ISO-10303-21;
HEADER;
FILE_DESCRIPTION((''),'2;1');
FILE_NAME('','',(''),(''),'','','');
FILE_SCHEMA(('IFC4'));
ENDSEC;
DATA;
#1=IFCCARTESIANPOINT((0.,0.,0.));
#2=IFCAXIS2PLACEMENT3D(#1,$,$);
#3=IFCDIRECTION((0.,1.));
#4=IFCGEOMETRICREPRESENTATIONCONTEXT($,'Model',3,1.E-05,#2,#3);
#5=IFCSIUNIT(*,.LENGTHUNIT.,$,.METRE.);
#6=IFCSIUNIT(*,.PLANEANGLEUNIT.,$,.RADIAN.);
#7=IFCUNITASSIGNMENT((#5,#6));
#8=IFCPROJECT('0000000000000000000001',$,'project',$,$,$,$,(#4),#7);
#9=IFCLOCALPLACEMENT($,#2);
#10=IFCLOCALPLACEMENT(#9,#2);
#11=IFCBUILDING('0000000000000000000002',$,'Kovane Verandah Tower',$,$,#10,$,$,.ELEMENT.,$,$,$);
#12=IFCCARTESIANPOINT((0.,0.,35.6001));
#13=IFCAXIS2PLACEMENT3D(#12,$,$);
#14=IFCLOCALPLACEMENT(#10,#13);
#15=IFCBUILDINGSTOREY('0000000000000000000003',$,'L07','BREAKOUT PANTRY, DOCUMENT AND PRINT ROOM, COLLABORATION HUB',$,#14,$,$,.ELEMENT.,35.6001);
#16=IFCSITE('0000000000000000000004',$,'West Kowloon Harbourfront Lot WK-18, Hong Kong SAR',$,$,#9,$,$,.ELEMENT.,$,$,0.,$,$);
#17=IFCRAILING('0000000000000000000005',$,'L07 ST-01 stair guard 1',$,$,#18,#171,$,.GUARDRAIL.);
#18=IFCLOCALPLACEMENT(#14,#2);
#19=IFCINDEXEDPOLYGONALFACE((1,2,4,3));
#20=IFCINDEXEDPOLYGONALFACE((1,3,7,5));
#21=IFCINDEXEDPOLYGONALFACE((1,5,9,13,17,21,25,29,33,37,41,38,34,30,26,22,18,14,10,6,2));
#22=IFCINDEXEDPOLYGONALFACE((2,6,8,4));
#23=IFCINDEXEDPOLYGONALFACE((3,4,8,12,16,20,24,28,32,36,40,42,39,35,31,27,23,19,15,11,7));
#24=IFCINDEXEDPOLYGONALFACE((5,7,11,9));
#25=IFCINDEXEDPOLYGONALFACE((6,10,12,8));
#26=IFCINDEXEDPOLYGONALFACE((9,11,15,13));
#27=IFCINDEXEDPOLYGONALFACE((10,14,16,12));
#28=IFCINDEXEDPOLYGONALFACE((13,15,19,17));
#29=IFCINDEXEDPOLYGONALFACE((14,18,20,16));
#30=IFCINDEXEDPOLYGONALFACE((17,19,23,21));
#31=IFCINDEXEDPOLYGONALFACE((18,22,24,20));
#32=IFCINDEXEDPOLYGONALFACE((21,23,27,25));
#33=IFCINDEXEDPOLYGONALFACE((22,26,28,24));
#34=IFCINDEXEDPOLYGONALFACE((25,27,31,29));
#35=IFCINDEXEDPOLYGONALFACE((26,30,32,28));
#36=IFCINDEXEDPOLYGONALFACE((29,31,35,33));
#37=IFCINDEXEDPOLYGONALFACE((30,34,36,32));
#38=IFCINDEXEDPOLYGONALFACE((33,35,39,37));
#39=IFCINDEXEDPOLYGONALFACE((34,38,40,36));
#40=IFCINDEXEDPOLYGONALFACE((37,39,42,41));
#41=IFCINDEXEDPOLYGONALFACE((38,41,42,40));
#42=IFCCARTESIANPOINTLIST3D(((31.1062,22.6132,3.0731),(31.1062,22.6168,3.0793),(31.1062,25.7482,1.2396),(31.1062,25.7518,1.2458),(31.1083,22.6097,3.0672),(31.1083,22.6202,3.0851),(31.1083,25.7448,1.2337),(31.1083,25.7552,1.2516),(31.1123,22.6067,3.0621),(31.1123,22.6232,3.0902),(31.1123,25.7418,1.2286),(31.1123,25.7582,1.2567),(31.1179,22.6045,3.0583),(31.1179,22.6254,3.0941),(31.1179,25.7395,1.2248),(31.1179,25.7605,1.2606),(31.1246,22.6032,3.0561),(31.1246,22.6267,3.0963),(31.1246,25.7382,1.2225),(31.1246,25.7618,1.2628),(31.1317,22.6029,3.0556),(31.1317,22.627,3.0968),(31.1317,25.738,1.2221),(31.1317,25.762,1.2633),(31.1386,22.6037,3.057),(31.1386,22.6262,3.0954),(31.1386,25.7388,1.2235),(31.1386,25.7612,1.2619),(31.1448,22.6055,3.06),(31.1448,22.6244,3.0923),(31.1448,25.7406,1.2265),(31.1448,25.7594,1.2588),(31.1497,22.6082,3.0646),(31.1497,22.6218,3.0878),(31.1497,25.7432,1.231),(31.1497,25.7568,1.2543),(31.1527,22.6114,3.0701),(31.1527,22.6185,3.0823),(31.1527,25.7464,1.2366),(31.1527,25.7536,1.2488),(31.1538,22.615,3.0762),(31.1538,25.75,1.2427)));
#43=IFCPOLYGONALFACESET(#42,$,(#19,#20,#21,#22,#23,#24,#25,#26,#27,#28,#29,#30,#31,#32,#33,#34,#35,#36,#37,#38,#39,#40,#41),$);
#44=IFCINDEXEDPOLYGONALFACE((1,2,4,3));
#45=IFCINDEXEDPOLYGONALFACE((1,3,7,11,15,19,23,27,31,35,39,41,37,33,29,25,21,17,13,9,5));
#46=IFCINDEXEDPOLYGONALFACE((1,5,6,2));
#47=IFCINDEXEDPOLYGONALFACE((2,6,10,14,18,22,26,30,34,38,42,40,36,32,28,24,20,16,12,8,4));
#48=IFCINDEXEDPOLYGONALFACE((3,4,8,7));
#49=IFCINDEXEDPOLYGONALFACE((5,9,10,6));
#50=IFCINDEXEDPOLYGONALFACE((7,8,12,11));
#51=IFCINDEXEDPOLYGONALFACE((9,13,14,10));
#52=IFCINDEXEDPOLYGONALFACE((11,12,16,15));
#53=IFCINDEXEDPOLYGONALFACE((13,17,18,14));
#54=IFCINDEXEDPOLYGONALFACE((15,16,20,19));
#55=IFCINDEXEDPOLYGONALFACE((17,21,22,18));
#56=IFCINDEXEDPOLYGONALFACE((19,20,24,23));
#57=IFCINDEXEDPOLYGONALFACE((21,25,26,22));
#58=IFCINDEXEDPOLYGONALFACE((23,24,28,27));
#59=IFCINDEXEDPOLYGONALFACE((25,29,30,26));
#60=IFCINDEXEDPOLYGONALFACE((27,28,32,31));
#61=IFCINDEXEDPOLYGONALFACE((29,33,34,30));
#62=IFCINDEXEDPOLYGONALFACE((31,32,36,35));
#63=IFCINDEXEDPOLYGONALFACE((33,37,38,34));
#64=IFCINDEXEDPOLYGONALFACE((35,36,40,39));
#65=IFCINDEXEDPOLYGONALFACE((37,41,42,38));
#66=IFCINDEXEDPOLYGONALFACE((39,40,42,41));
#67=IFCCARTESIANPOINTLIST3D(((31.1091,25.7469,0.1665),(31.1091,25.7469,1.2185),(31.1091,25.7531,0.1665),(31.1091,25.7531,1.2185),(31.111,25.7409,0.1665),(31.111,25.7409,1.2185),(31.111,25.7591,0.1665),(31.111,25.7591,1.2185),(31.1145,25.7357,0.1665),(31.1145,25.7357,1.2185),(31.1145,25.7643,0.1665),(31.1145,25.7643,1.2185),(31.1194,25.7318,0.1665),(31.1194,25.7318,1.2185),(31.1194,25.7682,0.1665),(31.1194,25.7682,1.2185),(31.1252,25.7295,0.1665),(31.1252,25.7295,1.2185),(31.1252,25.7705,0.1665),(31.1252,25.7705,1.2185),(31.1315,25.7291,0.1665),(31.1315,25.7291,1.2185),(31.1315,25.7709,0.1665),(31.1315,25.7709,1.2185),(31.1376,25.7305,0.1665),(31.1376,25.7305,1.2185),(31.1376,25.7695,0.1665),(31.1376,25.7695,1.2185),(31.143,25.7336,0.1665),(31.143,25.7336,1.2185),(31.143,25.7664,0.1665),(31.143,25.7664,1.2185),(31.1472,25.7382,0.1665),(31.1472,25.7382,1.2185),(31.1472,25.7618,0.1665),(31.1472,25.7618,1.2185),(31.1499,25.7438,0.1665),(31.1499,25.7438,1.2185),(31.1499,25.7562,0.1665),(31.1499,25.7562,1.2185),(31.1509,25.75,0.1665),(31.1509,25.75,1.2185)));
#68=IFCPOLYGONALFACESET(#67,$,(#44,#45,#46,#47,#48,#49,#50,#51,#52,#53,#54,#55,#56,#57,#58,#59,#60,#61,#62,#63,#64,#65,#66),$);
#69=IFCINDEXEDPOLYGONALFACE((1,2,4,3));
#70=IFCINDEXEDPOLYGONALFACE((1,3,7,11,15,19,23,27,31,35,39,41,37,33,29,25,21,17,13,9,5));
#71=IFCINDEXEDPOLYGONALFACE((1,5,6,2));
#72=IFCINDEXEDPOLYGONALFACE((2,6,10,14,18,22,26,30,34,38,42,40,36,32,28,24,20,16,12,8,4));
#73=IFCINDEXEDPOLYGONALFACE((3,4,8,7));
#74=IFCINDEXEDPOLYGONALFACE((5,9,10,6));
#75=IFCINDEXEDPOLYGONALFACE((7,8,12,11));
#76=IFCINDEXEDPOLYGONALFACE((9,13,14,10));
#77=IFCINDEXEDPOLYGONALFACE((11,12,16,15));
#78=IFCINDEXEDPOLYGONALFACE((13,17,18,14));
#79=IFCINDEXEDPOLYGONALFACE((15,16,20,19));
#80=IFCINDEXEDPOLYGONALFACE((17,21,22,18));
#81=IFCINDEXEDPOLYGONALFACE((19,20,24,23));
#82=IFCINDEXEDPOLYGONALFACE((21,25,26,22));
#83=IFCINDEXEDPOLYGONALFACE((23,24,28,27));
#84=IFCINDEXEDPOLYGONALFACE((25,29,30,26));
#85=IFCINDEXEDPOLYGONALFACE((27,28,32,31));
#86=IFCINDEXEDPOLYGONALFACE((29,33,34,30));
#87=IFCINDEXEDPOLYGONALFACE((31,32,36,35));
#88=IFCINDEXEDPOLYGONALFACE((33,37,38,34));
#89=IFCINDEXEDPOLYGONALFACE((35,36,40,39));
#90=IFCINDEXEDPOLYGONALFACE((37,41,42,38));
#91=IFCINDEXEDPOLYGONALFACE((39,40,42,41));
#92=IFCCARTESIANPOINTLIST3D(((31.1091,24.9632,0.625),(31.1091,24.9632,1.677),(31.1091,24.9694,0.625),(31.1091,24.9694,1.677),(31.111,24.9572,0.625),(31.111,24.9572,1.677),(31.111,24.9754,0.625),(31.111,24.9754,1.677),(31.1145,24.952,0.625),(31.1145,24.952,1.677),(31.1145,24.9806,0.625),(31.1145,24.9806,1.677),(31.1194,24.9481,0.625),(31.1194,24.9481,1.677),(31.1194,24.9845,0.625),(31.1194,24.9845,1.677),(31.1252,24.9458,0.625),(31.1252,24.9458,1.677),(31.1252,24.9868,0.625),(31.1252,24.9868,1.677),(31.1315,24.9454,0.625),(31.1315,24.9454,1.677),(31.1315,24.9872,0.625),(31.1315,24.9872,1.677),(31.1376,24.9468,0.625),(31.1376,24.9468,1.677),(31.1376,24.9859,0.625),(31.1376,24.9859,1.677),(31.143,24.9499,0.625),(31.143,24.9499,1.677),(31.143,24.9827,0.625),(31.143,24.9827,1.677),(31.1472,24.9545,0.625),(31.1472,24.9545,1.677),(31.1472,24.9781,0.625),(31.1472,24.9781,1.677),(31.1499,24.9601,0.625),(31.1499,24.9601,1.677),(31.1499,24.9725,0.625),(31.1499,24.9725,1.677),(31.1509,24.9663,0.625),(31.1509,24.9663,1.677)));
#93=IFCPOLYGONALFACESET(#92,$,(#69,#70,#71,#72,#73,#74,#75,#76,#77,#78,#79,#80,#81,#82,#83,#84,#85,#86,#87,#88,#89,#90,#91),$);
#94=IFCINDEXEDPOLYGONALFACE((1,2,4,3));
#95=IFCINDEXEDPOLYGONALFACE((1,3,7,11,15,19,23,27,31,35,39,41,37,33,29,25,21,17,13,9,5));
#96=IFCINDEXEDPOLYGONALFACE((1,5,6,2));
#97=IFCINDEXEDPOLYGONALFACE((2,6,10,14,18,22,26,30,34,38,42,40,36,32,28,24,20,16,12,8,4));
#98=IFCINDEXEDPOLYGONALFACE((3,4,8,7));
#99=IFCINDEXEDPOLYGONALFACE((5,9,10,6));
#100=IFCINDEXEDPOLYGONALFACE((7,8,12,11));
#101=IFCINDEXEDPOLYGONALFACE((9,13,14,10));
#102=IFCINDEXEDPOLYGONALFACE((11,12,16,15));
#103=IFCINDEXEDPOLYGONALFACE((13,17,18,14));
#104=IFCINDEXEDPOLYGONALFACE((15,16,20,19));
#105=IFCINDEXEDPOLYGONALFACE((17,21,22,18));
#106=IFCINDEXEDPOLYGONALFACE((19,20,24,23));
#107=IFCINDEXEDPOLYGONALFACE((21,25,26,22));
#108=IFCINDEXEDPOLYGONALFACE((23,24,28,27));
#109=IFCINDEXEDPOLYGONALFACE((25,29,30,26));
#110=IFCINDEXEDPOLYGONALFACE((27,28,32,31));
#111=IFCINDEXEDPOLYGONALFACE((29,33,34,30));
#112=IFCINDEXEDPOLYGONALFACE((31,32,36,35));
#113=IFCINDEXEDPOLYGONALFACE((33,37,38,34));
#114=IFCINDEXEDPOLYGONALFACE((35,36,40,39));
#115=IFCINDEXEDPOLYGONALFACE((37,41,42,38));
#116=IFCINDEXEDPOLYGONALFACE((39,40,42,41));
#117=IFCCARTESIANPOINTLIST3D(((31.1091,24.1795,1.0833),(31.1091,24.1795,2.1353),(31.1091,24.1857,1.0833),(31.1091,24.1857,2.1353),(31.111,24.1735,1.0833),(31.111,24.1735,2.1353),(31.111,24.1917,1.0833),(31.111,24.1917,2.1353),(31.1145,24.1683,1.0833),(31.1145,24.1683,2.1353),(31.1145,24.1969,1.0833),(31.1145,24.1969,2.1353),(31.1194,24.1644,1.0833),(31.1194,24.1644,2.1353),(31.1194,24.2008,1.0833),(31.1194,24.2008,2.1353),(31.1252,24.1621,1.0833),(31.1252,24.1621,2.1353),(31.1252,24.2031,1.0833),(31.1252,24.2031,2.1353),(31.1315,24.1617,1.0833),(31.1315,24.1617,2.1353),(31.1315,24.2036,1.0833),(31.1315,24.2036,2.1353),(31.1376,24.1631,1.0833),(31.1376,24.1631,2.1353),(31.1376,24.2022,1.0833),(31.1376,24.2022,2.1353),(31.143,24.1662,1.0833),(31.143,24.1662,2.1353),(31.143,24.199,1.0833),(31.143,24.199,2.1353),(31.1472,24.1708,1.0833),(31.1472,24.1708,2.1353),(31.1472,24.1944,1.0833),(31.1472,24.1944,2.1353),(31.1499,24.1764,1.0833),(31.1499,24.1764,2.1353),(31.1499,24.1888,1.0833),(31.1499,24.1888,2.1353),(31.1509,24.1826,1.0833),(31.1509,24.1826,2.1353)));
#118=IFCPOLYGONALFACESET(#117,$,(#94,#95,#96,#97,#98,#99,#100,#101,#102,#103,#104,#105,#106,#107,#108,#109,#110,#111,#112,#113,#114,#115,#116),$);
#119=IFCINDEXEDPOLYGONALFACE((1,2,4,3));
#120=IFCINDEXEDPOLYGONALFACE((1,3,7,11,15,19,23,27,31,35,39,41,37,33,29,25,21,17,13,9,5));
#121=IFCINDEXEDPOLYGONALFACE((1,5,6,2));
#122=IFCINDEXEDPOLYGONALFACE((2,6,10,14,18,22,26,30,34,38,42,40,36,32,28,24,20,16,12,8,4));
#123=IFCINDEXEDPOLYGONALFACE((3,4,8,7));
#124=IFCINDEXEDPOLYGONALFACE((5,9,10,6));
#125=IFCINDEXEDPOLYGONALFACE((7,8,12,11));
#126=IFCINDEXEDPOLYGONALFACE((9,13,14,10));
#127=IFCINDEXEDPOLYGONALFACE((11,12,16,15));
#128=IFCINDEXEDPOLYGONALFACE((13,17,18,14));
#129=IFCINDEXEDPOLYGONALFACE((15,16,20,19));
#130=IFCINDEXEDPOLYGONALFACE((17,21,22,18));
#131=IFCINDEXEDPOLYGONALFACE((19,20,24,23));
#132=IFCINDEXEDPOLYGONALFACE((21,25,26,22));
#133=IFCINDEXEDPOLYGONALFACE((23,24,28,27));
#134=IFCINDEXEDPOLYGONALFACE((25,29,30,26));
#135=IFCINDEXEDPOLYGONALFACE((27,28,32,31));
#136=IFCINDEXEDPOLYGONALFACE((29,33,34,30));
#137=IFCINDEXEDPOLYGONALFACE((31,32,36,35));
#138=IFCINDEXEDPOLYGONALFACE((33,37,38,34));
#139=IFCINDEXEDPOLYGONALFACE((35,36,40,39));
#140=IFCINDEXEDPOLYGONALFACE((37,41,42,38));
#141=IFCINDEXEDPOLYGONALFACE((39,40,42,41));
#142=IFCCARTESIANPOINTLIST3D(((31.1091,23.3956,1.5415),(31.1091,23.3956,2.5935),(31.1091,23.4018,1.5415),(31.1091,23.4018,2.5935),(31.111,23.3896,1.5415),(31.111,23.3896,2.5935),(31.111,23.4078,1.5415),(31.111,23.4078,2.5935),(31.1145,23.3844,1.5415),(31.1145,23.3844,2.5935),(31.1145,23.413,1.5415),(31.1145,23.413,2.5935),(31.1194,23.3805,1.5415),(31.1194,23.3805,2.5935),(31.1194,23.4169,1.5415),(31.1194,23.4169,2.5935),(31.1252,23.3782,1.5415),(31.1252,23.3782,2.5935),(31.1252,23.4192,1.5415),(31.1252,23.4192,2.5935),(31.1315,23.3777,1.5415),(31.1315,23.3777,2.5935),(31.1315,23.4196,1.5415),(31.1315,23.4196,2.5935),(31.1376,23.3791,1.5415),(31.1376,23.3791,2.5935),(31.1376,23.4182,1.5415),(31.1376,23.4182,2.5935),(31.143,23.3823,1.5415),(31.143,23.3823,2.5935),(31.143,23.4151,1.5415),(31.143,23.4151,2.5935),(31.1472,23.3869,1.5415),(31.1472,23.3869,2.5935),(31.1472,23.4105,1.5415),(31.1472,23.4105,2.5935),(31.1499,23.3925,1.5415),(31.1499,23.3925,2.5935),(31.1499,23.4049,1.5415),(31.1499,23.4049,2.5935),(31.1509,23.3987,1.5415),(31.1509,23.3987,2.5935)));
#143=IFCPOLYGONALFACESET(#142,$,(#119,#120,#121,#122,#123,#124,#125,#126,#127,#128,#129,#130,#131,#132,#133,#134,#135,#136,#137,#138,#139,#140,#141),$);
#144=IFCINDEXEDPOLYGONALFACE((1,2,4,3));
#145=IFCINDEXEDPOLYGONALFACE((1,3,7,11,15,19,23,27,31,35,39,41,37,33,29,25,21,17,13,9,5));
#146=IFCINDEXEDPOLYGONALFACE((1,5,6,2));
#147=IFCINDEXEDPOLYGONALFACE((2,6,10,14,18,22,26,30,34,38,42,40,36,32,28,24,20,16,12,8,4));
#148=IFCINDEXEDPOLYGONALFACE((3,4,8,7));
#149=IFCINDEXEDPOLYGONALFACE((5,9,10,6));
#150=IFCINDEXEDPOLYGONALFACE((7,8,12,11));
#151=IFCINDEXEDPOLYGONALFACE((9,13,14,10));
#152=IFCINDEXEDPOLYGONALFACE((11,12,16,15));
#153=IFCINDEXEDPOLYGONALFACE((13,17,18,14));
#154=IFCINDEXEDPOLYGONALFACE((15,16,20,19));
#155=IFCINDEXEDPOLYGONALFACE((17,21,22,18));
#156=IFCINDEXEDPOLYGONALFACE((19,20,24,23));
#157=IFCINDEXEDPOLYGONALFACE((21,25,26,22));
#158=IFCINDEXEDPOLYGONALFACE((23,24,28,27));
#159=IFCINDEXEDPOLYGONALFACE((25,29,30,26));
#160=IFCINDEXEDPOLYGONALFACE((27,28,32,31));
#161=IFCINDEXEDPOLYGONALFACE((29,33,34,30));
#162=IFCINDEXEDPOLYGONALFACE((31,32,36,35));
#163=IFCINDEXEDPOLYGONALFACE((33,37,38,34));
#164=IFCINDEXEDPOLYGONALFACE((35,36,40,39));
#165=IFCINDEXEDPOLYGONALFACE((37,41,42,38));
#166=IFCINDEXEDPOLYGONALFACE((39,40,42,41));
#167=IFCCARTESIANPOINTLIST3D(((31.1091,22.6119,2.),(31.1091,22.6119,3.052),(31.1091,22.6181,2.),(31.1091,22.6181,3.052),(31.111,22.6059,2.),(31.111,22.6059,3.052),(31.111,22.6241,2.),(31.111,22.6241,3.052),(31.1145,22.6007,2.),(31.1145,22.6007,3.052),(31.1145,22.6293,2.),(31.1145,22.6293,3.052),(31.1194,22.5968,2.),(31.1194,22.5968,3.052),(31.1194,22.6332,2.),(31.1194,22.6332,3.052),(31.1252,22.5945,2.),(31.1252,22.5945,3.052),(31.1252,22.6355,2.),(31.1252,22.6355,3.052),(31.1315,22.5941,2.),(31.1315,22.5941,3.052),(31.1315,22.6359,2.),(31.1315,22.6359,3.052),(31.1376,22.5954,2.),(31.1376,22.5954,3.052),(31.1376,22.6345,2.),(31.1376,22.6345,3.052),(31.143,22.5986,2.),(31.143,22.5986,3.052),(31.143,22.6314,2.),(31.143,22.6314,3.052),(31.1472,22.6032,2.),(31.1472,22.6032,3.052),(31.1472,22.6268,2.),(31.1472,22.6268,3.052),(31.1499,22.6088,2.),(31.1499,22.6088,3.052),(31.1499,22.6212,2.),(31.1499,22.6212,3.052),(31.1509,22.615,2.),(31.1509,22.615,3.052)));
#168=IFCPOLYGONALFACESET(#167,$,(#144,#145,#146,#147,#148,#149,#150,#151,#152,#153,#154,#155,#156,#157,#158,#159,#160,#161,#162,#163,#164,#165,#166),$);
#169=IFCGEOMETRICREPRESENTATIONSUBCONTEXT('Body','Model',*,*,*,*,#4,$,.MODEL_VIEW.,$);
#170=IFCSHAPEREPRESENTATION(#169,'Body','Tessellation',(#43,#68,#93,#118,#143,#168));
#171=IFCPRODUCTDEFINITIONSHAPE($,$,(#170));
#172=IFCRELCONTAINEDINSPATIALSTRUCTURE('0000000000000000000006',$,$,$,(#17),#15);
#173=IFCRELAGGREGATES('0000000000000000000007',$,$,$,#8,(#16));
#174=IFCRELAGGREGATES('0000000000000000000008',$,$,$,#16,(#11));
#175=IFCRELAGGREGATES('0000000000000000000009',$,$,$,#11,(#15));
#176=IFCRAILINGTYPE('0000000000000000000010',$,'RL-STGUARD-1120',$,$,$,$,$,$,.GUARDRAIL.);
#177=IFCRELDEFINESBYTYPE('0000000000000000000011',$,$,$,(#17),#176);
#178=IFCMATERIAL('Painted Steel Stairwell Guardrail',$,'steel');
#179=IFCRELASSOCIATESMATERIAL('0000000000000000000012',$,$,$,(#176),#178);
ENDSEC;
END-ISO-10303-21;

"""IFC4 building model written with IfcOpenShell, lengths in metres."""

from ifc_helpers import new_model, si_unit, direction, frame, origin, origin_2d, place, context, subcontext, project, spatial, circle, extrude, material, type_object, element, save


model = new_model("IFC4")

# Units and contexts
model_context = context("Model", 3, precision=1e-05, world=origin(), true_north=direction((0.0, 1.0)))
body_context = subcontext(model_context, "Body", "Model", "MODEL_VIEW")
ifc_project = project(units=[si_unit("LENGTHUNIT", "METRE"), si_unit("PLANEANGLEUNIT", "RADIAN")], contexts=[model_context])

# Site, building, storey
site_placement = place(None, origin())
site = spatial("IfcSite", under=ifc_project, at=site_placement, Name="West Kowloon Harbourfront Lot WK-18, Hong Kong SAR", CompositionType="ELEMENT", RefElevation=0.0)
building_placement = place(site_placement, origin())
building = spatial("IfcBuilding", under=site, at=building_placement, Name="Kovane Verandah Tower", CompositionType="ELEMENT")
storey_placement = place(building_placement, frame((0.0, 0.0, 35.6001)))
storey = spatial("IfcBuildingStorey", under=building, at=storey_placement, Name="L07", Description="BREAKOUT PANTRY, DOCUMENT AND PRINT ROOM, COLLABORATION HUB", CompositionType="ELEMENT", Elevation=35.6001)

# Railing
ifc_material_1 = material(Name="Painted Steel Stairwell Guardrail", Category="steel")
railing_type_1 = type_object("IfcRailingType", Name="RL-STGUARD-1120", PredefinedType="GUARDRAIL", material=ifc_material_1)
railing_1_placement = place(storey_placement, frame((31.1299, 25.75, 0.1665)))
element("IfcRailing", 1, at=railing_1_placement, inside=storey, type_object=railing_type_1, Name="L07 ST-01 stair guard 1", PredefinedType="GUARDRAIL", context=body_context, shape_type="SweptSolid", body=[
    extrude(circle(Radius=0.0239, at=origin_2d()), frame((0.0, 0.0, 1.0762), z_axis=(0.0, -0.86321, 0.504845), x_axis=(1.0, 0.0, 0.0)), (0.0, 0.0, 1.0), 3.6318),
    extrude(circle(Radius=0.021, at=origin_2d()), origin(), (0.0, 0.0, 1.0), 1.052),
    extrude(circle(Radius=0.021, at=origin_2d()), frame((0.0, -0.7837, 0.4585)), (0.0, 0.0, 1.0), 1.052),
    extrude(circle(Radius=0.021, at=origin_2d()), frame((0.0, -1.5674, 0.9167)), (0.0, 0.0, 1.0), 1.052),
    extrude(circle(Radius=0.021, at=origin_2d()), frame((0.0, -2.3513, 1.375)), (0.0, 0.0, 1.0), 1.052),
    extrude(circle(Radius=0.021, at=origin_2d()), frame((0.0, -3.135, 1.8335)), (0.0, 0.0, 1.0), 1.052),
])

save(model, "model.ifc")
